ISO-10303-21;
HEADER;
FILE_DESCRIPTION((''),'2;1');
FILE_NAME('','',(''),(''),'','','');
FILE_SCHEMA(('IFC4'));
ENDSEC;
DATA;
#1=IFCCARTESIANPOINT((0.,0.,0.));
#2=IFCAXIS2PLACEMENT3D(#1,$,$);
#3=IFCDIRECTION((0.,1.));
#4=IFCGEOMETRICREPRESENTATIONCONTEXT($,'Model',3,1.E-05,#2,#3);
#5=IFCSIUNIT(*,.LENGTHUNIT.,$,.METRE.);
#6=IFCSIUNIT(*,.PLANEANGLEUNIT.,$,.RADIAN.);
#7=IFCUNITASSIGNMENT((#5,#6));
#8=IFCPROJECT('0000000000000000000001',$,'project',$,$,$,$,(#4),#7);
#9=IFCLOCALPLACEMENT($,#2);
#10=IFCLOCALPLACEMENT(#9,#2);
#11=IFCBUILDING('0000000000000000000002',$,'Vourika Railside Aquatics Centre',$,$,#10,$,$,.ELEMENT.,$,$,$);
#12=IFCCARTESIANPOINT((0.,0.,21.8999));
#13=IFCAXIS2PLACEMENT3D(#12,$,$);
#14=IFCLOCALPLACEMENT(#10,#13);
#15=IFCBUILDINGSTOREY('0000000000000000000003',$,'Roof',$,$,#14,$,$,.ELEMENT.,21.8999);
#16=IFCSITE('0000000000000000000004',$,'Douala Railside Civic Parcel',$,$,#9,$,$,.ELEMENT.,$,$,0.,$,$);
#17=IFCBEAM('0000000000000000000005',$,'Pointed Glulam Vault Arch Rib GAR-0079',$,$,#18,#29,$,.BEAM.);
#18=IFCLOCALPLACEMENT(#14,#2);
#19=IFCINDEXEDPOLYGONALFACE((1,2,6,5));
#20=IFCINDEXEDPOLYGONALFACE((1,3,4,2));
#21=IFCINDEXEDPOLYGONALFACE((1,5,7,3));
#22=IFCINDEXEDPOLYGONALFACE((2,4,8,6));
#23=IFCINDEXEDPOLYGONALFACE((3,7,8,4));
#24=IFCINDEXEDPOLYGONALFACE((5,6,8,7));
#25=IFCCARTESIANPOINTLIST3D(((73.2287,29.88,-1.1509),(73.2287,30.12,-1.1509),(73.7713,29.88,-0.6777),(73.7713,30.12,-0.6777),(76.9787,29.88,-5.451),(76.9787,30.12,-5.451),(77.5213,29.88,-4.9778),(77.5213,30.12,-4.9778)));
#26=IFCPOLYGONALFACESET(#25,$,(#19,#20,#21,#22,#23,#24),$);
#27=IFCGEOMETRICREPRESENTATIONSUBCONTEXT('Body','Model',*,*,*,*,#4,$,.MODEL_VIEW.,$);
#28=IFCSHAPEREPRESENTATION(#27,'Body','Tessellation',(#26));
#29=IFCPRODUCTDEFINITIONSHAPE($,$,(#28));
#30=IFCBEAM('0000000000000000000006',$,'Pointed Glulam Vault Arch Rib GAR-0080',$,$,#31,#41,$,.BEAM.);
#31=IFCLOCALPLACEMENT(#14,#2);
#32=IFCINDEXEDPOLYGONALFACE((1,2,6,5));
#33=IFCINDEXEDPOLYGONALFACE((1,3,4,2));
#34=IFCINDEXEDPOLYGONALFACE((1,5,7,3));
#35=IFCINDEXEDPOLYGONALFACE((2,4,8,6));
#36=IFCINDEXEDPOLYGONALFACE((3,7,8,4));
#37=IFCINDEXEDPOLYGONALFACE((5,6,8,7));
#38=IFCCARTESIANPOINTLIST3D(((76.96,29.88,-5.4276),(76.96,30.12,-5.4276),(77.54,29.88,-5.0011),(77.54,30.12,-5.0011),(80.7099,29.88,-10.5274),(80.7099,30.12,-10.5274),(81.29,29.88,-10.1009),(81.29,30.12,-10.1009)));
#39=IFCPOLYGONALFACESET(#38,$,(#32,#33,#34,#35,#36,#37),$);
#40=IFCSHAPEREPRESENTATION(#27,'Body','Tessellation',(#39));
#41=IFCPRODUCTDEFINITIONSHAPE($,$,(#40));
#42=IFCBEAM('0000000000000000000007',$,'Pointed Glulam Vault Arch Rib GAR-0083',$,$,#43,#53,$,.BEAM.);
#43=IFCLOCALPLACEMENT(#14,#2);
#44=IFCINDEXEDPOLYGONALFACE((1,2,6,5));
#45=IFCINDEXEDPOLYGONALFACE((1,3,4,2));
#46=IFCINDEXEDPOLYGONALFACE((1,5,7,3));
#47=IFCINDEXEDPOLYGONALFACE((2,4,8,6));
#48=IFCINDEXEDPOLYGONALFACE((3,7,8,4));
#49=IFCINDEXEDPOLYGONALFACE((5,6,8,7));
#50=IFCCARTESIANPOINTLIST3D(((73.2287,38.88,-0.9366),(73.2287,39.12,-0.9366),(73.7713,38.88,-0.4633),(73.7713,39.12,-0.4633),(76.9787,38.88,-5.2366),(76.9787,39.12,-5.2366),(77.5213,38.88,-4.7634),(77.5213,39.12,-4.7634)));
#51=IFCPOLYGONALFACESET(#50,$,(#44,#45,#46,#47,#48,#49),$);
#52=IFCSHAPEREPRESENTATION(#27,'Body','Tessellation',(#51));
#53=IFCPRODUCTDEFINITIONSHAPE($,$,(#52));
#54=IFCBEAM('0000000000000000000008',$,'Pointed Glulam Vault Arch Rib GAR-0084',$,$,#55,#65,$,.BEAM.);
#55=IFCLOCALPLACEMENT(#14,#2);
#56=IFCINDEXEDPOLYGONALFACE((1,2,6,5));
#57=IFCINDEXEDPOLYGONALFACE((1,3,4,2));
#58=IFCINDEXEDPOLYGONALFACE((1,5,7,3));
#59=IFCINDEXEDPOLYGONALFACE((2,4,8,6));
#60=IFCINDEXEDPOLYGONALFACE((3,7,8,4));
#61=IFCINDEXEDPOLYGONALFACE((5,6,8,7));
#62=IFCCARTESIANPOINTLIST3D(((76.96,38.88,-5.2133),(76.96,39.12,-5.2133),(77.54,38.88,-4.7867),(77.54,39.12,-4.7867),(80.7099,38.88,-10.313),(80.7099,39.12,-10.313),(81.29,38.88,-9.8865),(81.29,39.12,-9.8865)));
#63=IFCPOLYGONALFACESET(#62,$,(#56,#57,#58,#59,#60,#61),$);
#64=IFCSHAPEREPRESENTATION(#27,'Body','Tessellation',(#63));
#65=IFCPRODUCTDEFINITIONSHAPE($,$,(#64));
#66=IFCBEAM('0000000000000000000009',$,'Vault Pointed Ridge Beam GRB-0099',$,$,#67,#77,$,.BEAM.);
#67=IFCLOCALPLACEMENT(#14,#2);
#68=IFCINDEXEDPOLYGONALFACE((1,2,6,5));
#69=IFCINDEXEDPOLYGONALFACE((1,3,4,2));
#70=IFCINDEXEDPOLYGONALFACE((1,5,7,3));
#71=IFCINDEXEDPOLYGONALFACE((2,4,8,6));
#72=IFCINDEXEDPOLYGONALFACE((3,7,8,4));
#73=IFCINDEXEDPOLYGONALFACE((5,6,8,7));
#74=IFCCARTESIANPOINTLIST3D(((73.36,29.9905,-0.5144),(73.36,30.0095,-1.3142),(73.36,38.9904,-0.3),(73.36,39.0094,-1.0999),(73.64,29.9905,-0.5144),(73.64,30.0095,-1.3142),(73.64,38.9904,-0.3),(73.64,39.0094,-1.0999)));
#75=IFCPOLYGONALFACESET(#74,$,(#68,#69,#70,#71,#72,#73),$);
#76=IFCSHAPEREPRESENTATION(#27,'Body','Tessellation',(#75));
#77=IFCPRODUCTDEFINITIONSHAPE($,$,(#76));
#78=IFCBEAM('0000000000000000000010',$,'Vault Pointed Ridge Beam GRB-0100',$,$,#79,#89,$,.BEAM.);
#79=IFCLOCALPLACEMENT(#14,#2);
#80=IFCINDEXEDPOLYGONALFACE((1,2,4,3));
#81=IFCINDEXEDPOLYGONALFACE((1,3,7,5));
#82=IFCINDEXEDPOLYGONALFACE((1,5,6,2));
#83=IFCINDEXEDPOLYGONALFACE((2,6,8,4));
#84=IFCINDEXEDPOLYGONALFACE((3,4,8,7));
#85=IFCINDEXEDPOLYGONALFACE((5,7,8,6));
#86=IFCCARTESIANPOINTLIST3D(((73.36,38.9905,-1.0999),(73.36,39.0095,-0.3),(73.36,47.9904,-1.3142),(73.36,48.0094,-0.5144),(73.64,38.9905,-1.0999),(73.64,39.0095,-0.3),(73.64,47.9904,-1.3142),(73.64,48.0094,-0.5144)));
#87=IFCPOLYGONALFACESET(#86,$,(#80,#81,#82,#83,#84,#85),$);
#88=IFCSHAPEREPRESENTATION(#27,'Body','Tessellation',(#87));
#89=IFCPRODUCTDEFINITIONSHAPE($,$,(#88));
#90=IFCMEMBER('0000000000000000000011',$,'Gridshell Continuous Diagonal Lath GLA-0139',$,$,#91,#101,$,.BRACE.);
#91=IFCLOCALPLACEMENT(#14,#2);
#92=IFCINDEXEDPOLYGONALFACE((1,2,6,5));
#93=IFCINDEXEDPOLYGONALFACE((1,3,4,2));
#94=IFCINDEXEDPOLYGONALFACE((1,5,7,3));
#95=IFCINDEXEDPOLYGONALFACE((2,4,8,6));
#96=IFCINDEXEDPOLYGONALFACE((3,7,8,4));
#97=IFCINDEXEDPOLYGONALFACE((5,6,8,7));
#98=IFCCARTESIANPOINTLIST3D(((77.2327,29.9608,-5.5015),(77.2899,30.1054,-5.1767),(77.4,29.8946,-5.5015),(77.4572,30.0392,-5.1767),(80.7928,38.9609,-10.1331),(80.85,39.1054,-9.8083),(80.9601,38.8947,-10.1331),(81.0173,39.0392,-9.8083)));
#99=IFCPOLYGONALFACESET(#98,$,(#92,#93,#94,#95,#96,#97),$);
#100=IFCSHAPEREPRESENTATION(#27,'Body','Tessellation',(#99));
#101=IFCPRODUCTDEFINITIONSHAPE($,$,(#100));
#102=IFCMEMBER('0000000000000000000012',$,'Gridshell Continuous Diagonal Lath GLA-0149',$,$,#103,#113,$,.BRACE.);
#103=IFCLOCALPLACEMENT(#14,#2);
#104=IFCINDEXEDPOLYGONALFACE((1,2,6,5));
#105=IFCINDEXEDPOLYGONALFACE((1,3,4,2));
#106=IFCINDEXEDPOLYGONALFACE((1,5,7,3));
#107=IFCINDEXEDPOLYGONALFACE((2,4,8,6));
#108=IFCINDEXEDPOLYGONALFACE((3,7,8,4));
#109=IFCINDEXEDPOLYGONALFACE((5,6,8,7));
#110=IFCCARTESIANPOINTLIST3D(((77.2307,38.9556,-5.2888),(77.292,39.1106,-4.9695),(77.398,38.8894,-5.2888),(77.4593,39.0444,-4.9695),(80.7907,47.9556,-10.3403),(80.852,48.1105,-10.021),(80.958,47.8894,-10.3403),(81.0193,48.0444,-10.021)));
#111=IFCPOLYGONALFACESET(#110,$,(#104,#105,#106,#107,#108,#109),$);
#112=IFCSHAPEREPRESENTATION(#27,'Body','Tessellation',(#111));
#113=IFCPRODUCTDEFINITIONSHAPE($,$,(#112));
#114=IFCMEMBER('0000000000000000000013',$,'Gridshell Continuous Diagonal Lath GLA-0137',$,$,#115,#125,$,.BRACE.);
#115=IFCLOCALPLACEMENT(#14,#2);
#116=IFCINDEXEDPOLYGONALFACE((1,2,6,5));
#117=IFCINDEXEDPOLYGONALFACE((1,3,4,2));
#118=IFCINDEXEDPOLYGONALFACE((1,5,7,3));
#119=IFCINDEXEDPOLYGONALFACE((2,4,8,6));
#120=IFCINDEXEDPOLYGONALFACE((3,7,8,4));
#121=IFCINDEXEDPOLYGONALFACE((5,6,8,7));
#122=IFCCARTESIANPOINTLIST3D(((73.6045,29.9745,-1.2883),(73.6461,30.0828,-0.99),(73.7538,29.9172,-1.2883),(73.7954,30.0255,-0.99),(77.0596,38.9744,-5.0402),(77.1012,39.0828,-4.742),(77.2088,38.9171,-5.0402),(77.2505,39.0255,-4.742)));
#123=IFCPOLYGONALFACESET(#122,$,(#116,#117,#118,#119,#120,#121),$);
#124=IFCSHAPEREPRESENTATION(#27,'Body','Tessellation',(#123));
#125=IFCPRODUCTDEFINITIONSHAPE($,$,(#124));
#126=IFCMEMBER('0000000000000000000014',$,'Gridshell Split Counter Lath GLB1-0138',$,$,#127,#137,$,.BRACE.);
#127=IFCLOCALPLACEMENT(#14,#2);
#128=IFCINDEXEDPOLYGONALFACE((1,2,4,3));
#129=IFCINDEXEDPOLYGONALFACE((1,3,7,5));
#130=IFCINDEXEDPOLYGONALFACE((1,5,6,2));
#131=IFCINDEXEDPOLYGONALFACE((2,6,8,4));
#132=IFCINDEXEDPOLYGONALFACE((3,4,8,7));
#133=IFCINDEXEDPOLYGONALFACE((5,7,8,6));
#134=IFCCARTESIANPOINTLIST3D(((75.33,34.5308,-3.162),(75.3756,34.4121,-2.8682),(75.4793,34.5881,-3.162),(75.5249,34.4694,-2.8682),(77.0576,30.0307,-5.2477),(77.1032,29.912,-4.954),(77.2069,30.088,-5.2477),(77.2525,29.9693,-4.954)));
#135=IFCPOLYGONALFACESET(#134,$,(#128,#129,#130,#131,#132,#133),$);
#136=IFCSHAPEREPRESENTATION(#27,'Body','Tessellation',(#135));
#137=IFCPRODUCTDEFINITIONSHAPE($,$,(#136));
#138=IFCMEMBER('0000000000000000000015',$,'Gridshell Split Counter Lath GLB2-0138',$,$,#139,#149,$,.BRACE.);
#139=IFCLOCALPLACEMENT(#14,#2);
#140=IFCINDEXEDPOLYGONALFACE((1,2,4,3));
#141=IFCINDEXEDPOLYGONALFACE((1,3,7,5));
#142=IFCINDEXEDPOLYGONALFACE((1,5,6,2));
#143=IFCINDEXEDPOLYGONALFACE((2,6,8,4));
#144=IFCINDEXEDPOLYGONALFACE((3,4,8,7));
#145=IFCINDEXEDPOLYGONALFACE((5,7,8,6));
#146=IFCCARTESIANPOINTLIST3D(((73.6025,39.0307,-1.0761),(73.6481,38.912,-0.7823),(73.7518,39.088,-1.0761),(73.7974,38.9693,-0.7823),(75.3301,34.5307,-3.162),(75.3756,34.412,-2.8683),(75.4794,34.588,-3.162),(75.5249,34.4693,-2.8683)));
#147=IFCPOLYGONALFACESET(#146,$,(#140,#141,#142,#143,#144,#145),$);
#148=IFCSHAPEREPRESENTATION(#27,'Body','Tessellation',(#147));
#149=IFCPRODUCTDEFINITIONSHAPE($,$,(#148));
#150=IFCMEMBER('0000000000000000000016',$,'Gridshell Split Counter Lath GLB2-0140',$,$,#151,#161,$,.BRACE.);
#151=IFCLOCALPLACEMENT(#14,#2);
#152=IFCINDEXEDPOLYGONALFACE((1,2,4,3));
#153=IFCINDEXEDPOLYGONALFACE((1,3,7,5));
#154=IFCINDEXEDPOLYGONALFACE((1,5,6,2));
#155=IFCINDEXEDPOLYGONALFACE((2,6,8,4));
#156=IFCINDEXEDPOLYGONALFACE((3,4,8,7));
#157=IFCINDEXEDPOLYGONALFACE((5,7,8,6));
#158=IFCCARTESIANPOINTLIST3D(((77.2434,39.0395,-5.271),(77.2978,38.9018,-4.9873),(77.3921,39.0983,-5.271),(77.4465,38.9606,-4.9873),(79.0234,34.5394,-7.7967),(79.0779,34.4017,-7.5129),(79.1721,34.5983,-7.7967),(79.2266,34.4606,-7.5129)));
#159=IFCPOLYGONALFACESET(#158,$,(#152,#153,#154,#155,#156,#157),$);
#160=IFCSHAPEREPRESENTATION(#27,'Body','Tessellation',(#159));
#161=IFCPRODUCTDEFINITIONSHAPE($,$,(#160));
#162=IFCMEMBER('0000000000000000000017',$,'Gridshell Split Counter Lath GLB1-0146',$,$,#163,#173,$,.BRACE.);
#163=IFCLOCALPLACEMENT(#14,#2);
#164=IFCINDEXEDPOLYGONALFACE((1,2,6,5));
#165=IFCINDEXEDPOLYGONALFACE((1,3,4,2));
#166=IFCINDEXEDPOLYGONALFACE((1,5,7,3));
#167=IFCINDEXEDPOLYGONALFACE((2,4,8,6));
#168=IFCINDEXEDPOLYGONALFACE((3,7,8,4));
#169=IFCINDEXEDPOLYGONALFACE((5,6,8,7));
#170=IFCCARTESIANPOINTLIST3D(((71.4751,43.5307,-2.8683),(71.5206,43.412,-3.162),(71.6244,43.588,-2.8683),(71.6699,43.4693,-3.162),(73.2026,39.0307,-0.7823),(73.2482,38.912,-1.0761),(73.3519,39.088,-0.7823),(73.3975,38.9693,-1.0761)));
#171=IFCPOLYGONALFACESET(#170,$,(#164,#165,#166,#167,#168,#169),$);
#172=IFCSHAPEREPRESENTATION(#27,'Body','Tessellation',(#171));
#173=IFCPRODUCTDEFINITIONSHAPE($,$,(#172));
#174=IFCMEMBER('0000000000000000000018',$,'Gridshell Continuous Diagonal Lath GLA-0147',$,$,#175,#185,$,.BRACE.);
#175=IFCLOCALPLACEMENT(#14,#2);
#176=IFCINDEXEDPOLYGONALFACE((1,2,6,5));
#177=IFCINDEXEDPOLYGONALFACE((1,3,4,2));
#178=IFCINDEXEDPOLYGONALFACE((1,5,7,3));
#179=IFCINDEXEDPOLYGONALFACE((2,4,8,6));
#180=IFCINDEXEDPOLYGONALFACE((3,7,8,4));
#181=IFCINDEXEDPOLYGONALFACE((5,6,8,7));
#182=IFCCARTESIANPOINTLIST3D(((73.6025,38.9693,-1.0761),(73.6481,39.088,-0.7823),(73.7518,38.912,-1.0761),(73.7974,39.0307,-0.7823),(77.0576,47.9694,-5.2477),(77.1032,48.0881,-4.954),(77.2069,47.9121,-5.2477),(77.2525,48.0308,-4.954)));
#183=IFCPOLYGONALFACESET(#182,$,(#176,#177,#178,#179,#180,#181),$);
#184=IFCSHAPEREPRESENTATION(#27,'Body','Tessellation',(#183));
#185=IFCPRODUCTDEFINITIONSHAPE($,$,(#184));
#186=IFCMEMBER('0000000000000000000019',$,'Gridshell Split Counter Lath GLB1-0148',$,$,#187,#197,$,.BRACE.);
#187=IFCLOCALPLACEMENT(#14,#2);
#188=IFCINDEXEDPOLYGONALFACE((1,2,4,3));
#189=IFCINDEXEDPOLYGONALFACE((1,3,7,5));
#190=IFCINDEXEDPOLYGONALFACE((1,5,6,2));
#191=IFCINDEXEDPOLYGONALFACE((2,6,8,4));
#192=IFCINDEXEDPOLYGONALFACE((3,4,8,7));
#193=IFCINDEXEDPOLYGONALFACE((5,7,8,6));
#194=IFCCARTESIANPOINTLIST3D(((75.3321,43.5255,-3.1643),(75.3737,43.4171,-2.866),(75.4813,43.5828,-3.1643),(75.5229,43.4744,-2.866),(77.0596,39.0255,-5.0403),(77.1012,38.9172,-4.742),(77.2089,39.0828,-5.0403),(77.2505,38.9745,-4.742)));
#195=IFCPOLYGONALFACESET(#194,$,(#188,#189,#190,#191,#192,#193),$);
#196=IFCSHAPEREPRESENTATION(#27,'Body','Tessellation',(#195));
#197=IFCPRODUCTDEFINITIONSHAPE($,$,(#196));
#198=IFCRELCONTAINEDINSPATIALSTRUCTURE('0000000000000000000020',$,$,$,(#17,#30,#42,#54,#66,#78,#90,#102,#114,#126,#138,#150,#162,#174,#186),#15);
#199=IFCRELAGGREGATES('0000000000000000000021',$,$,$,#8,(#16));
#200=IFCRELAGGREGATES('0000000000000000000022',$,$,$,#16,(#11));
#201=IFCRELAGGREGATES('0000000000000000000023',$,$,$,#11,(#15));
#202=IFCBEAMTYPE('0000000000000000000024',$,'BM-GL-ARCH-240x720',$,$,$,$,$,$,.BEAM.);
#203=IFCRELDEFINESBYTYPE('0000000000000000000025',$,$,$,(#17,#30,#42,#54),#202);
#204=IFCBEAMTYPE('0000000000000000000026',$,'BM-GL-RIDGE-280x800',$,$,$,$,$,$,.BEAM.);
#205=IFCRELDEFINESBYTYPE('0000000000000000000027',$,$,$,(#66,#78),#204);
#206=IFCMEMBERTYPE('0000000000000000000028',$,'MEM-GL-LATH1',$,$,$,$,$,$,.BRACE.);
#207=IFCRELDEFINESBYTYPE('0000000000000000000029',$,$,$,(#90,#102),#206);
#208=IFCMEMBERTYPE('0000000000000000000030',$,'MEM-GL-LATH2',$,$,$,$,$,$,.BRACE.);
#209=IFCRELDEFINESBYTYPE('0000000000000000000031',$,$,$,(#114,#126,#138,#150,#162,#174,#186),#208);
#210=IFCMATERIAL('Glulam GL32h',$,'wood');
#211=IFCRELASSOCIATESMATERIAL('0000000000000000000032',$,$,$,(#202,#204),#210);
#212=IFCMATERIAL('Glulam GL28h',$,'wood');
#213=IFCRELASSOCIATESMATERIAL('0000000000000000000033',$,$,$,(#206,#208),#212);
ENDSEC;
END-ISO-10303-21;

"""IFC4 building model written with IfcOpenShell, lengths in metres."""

from ifc_helpers import new_model, si_unit, direction, frame, origin, origin_2d, place, context, subcontext, project, spatial, rectangle, extrude, material, material_profile, profile_set, type_object, element, save


model = new_model("IFC4")

# Units and contexts
model_context = context("Model", 3, precision=1e-05, world=origin(), true_north=direction((0.0, 1.0)))
body_context = subcontext(model_context, "Body", "Model", "MODEL_VIEW")
ifc_project = project(units=[si_unit("LENGTHUNIT", "METRE"), si_unit("PLANEANGLEUNIT", "RADIAN")], contexts=[model_context])

# Site, building, storey
site_placement = place(None, origin())
site = spatial("IfcSite", under=ifc_project, at=site_placement, Name="Douala Railside Civic Parcel", CompositionType="ELEMENT", RefElevation=0.0)
building_placement = place(site_placement, origin())
building = spatial("IfcBuilding", under=site, at=building_placement, Name="Vourika Railside Aquatics Centre", CompositionType="ELEMENT")
storey_placement = place(building_placement, frame((0.0, 0.0, 21.8999)))
storey = spatial("IfcBuildingStorey", under=building, at=storey_placement, Name="Roof", CompositionType="ELEMENT", Elevation=21.8999)

# Beams
ifc_material_1 = material(Name="Glulam GL32h", Category="wood")
ifc_material_profile_1 = material_profile(ifc_material_1, rectangle(XDim=0.24, YDim=0.72, at=origin_2d()), Name="GL32h 240x720")
ifc_profile_set_1 = profile_set([ifc_material_profile_1], Name="Glulam GL32h")
beam_type_1 = type_object("IfcBeamType", Name="BM-GL-ARCH-240x720", PredefinedType="BEAM", material=ifc_profile_set_1)
beam_1_placement = place(storey_placement, frame((73.5, 30.0, -0.9143), z_axis=(0.657259, 0.0, -0.753665), x_axis=(0.0, 1.0, 0.0)))
element("IfcBeam", 1, at=beam_1_placement, inside=storey, type_object=beam_type_1, Name="Pointed Glulam Vault Arch Rib GAR-0079", PredefinedType="BEAM", context=body_context, shape_type="SweptSolid", body=[
    extrude(rectangle(XDim=0.24, YDim=0.72, at=origin_2d()), origin(), (0.0, 0.0, 1.0), 5.7056),
])
beam_2_placement = place(storey_placement, frame((77.25, 30.0, -5.2144), z_axis=(0.592401, 0.0, -0.805643), x_axis=(0.0, 1.0, 0.0)))
element("IfcBeam", 2, at=beam_2_placement, inside=storey, type_object=beam_type_1, Name="Pointed Glulam Vault Arch Rib GAR-0080", PredefinedType="BEAM", context=body_context, shape_type="SweptSolid", body=[
    extrude(rectangle(XDim=0.24, YDim=0.72, at=origin_2d()), origin(), (0.0, 0.0, 1.0), 6.3301),
])
beam_3_placement = place(storey_placement, frame((73.5, 39.0, -0.7), z_axis=(0.657259, 0.0, -0.753665), x_axis=(0.0, 1.0, 0.0)))
element("IfcBeam", 3, at=beam_3_placement, inside=storey, type_object=beam_type_1, Name="Pointed Glulam Vault Arch Rib GAR-0083", PredefinedType="BEAM", context=body_context, shape_type="SweptSolid", body=[
    extrude(rectangle(XDim=0.24, YDim=0.72, at=origin_2d()), origin(), (0.0, 0.0, 1.0), 5.7056),
])
beam_4_placement = place(storey_placement, frame((77.25, 39.0, -5.0), z_axis=(0.592401, 0.0, -0.805643), x_axis=(0.0, 1.0, 0.0)))
element("IfcBeam", 4, at=beam_4_placement, inside=storey, type_object=beam_type_1, Name="Pointed Glulam Vault Arch Rib GAR-0084", PredefinedType="BEAM", context=body_context, shape_type="SweptSolid", body=[
    extrude(rectangle(XDim=0.24, YDim=0.72, at=origin_2d()), origin(), (0.0, 0.0, 1.0), 6.3301),
])
ifc_material_profile_2 = material_profile(ifc_material_1, rectangle(XDim=0.28, YDim=0.8, at=origin_2d()), Name="GL32h 280x800")
ifc_profile_set_2 = profile_set([ifc_material_profile_2], Name="Glulam GL32h")
beam_type_2 = type_object("IfcBeamType", Name="BM-GL-RIDGE-280x800", PredefinedType="BEAM", material=ifc_profile_set_2)
for number, where, z_axis, x_axis, name in (
    (5, (73.5, 30.0, -0.9143), (0.0, 0.999716, 0.023811), (-1.0, 0.0, 0.0), "Vault Pointed Ridge Beam GRB-0099"),
    (6, (73.5, 39.0, -0.7), (0.0, 0.999716, -0.023811), (-1.0, 0.0, 0.0), "Vault Pointed Ridge Beam GRB-0100"),
):
    element("IfcBeam", number, at=place(storey_placement, frame(where, z_axis=z_axis, x_axis=x_axis)), inside=storey, type_object=beam_type_2, Name=name, PredefinedType="BEAM", context=body_context, shape_type="SweptSolid", body=[
        extrude(rectangle(XDim=0.28, YDim=0.8, at=origin_2d()), origin(), (0.0, 0.0, 1.0), 9.0024),
    ])

# Members
ifc_material_2 = material(Name="Glulam GL28h", Category="wood")
ifc_material_profile_3 = material_profile(ifc_material_2, rectangle(XDim=0.1799, YDim=0.3601, at=origin_2d()), Name="GL28h 180x360")
ifc_profile_set_3 = profile_set([ifc_material_profile_3], Name="Glulam GL28h")
member_type_1 = type_object("IfcMemberType", Name="MEM-GL-LATH1", PredefinedType="BRACE", material=ifc_profile_set_3)
member_1_placement = place(storey_placement, frame((77.345, 30.0, -5.3391), z_axis=(0.331796, 0.838796, -0.431662), x_axis=(-0.929893, 0.36783, 0.0)))
element("IfcMember", 7, at=member_1_placement, inside=storey, type_object=member_type_1, Name="Gridshell Continuous Diagonal Lath GLA-0139", PredefinedType="BRACE", context=body_context, shape_type="SweptSolid", body=[
    extrude(rectangle(XDim=0.1799, YDim=0.3601, at=origin_2d()), origin(), (0.0, 0.0, 1.0), 10.7297),
])
member_2_placement = place(storey_placement, frame((77.345, 39.0, -5.1292), z_axis=(0.326087, 0.824365, -0.462699), x_axis=(-0.929893, 0.36783, 0.0)))
element("IfcMember", 8, at=member_2_placement, inside=storey, type_object=member_type_1, Name="Gridshell Continuous Diagonal Lath GLA-0149", PredefinedType="BRACE", context=body_context, shape_type="SweptSolid", body=[
    extrude(rectangle(XDim=0.1799, YDim=0.3601, at=origin_2d()), origin(), (0.0, 0.0, 1.0), 10.9175),
])
ifc_material_profile_4 = material_profile(ifc_material_2, rectangle(XDim=0.1599, YDim=0.3201, at=origin_2d()), Name="GL28h 160x320")
ifc_profile_set_4 = profile_set([ifc_material_profile_4], Name="Glulam GL28h")
member_type_2 = type_object("IfcMemberType", Name="MEM-GL-LATH2", PredefinedType="BRACE", material=ifc_profile_set_4)
member_3_placement = place(storey_placement, frame((73.7, 30.0, -1.1392), z_axis=(0.333992, 0.870003, -0.36269), x_axis=(-0.93357, 0.358395, 0.0)))
element("IfcMember", 9, at=member_3_placement, inside=storey, type_object=member_type_2, Name="Gridshell Continuous Diagonal Lath GLA-0137", PredefinedType="BRACE", context=body_context, shape_type="SweptSolid", body=[
    extrude(rectangle(XDim=0.1599, YDim=0.3201, at=origin_2d()), origin(), (0.0, 0.0, 1.0), 10.3447),
])
for number, where, z_axis, x_axis, name in (
    (10, (77.155, 30.0, -5.1008), (-0.328924, 0.856801, 0.397116), (-0.93357, -0.358395, 0.0), "Gridshell Split Counter Lath GLB1-0138"),
    (11, (75.4275, 34.5, -3.0151), (-0.328918, 0.856785, 0.397156), (-0.93357, -0.358395, 0.0), "Gridshell Split Counter Lath GLB2-0138"),
):
    element("IfcMember", number, at=place(storey_placement, frame(where, z_axis=z_axis, x_axis=x_axis)), inside=storey, type_object=member_type_2, Name=name, PredefinedType="BRACE", context=body_context, shape_type="SweptSolid", body=[
        extrude(rectangle(XDim=0.1599, YDim=0.3201, at=origin_2d()), origin(), (0.0, 0.0, 1.0), 5.2522),
    ])
member_4_placement = place(storey_placement, frame((79.125, 34.5, -7.6548), z_axis=(-0.326091, 0.824373, 0.462681), x_axis=(-0.929893, -0.36783, 0.0)))
element("IfcMember", 12, at=member_4_placement, inside=storey, type_object=member_type_2, Name="Gridshell Split Counter Lath GLB2-0140", PredefinedType="BRACE", context=body_context, shape_type="SweptSolid", body=[
    extrude(rectangle(XDim=0.1599, YDim=0.3201, at=origin_2d()), origin(), (0.0, 0.0, 1.0), 5.4587),
])
member_5_placement = place(storey_placement, frame((73.3, 39.0, -0.9292), z_axis=(-0.328918, 0.856785, -0.397156), x_axis=(-0.93357, -0.358395, 0.0)))
element("IfcMember", 13, at=member_5_placement, inside=storey, type_object=member_type_2, Name="Gridshell Split Counter Lath GLB1-0146", PredefinedType="BRACE", context=body_context, shape_type="SweptSolid", body=[
    extrude(rectangle(XDim=0.1599, YDim=0.3201, at=origin_2d()), origin(), (0.0, 0.0, 1.0), 5.2522),
])
member_6_placement = place(storey_placement, frame((73.7, 39.0, -0.9292), z_axis=(0.328921, 0.856793, -0.397136), x_axis=(-0.93357, 0.358395, 0.0)))
element("IfcMember", 14, at=member_6_placement, inside=storey, type_object=member_type_2, Name="Gridshell Continuous Diagonal Lath GLA-0147", PredefinedType="BRACE", context=body_context, shape_type="SweptSolid", body=[
    extrude(rectangle(XDim=0.1599, YDim=0.3201, at=origin_2d()), origin(), (0.0, 0.0, 1.0), 10.5044),
])
member_7_placement = place(storey_placement, frame((77.155, 39.0, -4.8911), z_axis=(-0.333992, 0.870003, 0.36269), x_axis=(-0.93357, -0.358395, 0.0)))
element("IfcMember", 15, at=member_7_placement, inside=storey, type_object=member_type_2, Name="Gridshell Split Counter Lath GLB1-0148", PredefinedType="BRACE", context=body_context, shape_type="SweptSolid", body=[
    extrude(rectangle(XDim=0.1599, YDim=0.3201, at=origin_2d()), origin(), (0.0, 0.0, 1.0), 5.1724),
])

save(model, "model.ifc")
